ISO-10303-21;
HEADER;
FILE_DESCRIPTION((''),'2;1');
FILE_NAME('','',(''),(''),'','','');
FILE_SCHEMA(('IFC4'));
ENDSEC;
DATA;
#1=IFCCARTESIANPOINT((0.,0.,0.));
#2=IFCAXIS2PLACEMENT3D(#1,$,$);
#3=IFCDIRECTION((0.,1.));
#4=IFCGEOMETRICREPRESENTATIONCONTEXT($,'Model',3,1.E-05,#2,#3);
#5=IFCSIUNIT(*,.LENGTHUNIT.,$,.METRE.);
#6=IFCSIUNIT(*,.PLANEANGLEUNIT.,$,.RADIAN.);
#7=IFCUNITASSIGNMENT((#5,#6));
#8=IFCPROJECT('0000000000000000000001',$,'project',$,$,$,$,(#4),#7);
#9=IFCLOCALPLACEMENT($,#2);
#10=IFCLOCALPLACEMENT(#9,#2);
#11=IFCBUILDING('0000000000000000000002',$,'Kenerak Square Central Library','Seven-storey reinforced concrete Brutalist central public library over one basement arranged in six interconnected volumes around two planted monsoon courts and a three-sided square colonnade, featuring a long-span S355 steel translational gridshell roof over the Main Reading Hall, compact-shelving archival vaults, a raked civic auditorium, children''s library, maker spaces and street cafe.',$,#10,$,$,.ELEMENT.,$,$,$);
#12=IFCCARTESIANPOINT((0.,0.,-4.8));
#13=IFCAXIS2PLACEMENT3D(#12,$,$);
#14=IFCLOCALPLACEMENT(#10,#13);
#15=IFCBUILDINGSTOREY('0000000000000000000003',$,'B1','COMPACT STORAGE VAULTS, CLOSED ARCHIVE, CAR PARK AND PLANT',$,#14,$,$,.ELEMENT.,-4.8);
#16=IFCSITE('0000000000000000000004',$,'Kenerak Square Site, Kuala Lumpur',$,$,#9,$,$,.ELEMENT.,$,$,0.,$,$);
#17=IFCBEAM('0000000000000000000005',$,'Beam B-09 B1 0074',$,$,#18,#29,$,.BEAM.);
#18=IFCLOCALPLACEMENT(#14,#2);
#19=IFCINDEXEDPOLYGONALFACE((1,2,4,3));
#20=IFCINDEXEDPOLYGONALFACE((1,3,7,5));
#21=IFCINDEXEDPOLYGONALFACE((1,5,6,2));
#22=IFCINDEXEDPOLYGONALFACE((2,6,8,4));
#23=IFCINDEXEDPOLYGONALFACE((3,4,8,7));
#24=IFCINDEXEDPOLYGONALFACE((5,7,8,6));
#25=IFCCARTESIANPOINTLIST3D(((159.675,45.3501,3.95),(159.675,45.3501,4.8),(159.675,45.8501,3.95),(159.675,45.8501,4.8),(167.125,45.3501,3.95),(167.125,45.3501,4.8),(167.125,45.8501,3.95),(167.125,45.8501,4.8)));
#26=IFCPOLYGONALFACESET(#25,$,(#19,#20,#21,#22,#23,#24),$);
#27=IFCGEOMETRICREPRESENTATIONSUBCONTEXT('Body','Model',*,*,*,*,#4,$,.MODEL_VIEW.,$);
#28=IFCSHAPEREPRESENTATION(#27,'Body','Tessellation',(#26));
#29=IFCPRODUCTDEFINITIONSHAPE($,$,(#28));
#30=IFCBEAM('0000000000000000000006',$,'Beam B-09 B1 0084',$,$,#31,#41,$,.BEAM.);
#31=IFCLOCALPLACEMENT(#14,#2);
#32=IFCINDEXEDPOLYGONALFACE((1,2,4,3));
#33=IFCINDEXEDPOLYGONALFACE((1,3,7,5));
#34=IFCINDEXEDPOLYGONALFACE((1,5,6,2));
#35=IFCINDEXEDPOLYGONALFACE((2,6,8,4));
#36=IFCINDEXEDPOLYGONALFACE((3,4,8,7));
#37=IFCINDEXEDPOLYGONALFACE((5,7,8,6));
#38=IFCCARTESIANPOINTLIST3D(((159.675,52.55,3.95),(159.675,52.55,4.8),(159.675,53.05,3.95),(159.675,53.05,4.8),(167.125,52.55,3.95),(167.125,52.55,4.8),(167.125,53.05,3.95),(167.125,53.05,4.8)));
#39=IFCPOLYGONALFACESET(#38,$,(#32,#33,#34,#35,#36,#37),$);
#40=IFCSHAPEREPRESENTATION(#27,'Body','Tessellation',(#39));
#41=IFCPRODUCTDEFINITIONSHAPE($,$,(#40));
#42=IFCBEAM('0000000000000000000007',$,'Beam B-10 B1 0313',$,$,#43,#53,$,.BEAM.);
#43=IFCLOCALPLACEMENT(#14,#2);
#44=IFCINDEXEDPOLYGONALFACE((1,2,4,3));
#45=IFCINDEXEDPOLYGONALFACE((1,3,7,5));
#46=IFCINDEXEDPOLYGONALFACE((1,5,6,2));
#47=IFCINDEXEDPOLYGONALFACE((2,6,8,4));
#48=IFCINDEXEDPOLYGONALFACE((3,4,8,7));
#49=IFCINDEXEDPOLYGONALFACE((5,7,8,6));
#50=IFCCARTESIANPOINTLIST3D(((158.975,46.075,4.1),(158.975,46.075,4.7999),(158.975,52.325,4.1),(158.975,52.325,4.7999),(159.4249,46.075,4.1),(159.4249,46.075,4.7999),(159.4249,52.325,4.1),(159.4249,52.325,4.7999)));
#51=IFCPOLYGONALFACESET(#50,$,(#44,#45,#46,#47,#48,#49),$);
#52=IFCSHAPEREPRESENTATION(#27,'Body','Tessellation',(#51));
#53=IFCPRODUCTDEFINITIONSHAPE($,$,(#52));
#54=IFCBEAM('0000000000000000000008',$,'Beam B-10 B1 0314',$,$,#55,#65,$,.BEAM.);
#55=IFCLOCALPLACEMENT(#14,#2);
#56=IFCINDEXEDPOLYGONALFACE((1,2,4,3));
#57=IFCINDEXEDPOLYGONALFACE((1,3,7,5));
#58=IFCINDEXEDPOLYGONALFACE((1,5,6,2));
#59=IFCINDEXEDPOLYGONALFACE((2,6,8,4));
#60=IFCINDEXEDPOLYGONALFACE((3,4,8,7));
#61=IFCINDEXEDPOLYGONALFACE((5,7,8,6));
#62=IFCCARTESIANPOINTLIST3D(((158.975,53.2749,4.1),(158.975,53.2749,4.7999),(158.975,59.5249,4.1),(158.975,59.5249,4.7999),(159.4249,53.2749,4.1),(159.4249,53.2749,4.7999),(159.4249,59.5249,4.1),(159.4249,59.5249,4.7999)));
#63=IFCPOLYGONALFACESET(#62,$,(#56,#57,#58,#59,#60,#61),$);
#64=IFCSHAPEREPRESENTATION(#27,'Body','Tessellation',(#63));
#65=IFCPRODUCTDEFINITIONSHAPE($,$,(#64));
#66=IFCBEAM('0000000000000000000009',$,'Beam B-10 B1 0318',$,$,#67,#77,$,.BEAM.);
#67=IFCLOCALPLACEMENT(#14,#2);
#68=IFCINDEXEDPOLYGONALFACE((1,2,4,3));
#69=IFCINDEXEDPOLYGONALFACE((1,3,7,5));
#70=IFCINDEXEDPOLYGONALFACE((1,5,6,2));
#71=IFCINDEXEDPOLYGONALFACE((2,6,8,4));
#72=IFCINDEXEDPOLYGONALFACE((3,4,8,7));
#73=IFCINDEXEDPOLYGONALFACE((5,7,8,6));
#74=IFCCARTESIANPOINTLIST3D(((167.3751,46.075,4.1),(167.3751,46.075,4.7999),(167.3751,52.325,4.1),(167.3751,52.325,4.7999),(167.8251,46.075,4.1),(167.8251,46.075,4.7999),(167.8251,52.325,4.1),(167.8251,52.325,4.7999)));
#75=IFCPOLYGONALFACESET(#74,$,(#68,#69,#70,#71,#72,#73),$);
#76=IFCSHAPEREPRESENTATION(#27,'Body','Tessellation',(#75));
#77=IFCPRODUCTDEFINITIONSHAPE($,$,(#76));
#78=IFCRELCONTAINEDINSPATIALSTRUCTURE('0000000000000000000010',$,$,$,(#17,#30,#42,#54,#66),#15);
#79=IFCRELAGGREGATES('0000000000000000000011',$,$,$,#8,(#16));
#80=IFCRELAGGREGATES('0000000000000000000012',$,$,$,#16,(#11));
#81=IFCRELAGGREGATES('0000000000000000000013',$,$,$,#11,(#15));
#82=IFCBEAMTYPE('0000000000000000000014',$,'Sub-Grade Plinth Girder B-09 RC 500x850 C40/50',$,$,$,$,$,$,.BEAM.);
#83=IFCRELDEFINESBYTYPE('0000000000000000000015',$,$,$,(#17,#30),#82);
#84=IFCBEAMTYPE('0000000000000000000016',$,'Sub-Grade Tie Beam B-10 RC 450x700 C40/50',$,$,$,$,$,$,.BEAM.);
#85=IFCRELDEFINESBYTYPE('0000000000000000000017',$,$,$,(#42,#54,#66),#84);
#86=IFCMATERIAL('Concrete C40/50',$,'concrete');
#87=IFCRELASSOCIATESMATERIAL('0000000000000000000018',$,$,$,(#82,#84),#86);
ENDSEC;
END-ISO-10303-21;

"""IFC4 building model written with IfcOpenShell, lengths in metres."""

from ifc_helpers import new_model, si_unit, direction, frame, origin, origin_2d, place, context, subcontext, project, spatial, rectangle, extrude, material, material_profile, profile_set, type_object, element, save


model = new_model("IFC4")

# Units and contexts
model_context = context("Model", 3, precision=1e-05, world=origin(), true_north=direction((0.0, 1.0)))
body_context = subcontext(model_context, "Body", "Model", "MODEL_VIEW")
ifc_project = project(units=[si_unit("LENGTHUNIT", "METRE"), si_unit("PLANEANGLEUNIT", "RADIAN")], contexts=[model_context])

# Site, building, storey
site_placement = place(None, origin())
site = spatial("IfcSite", under=ifc_project, at=site_placement, Name="Kenerak Square Site, Kuala Lumpur", CompositionType="ELEMENT", RefElevation=0.0)
building_placement = place(site_placement, origin())
building = spatial("IfcBuilding", under=site, at=building_placement, Name="Kenerak Square Central Library", Description="Seven-storey reinforced concrete Brutalist central public library over one basement arranged in six interconnected volumes around two planted monsoon courts and a three-sided square colonnade, featuring a long-span S355 steel translational gridshell roof over the Main Reading Hall, compact-shelving archival vaults, a raked civic auditorium, children's library, maker spaces and street cafe.", CompositionType="ELEMENT")
storey_placement = place(building_placement, frame((0.0, 0.0, -4.8)))
storey = spatial("IfcBuildingStorey", under=building, at=storey_placement, Name="B1", Description="COMPACT STORAGE VAULTS, CLOSED ARCHIVE, CAR PARK AND PLANT", CompositionType="ELEMENT", Elevation=-4.8)

# Shared definitions
ifc_material_1 = material(Name="Concrete C40/50", Category="concrete")

# Beams
ifc_material_profile_1 = material_profile(ifc_material_1, rectangle(XDim=0.5, YDim=0.8501, at=origin_2d()), Name="RC 500x850")
ifc_profile_set_1 = profile_set([ifc_material_profile_1], Name="Concrete C40/50")
beam_type_1 = type_object("IfcBeamType", Name="Sub-Grade Plinth Girder B-09 RC 500x850 C40/50", PredefinedType="BEAM", material=ifc_profile_set_1)
for number, where, z_axis, x_axis, name in (
    (1, (159.675, 45.6001, 4.375), (1.0, 0.0, 0.0), (0.0, 1.0, 0.0), "Beam B-09 B1 0074"),
    (2, (159.675, 52.8, 4.375), (1.0, 0.0, 0.0), (0.0, 1.0, 0.0), "Beam B-09 B1 0084"),
):
    element("IfcBeam", number, at=place(storey_placement, frame(where, z_axis=z_axis, x_axis=x_axis)), inside=storey, type_object=beam_type_1, Name=name, PredefinedType="BEAM", context=body_context, shape_type="SweptSolid", body=[
        extrude(rectangle(XDim=0.5, YDim=0.8501, at=origin_2d()), origin(), (0.0, 0.0, 1.0), 7.45),
    ])
ifc_material_profile_2 = material_profile(ifc_material_1, rectangle(XDim=0.45, YDim=0.7, at=origin_2d()), Name="RC 450x700")
ifc_profile_set_2 = profile_set([ifc_material_profile_2], Name="Concrete C40/50")
beam_type_2 = type_object("IfcBeamType", Name="Sub-Grade Tie Beam B-10 RC 450x700 C40/50", PredefinedType="BEAM", material=ifc_profile_set_2)
for number, where, z_axis, x_axis, name in (
    (3, (159.2, 46.075, 4.45), (0.0, 1.0, 0.0), (-1.0, 0.0, 0.0), "Beam B-10 B1 0313"),
    (4, (159.2, 53.2749, 4.45), (0.0, 1.0, 0.0), (-1.0, 0.0, 0.0), "Beam B-10 B1 0314"),
    (5, (167.6001, 46.075, 4.45), (0.0, 1.0, 0.0), (-1.0, 0.0, 0.0), "Beam B-10 B1 0318"),
):
    element("IfcBeam", number, at=place(storey_placement, frame(where, z_axis=z_axis, x_axis=x_axis)), inside=storey, type_object=beam_type_2, Name=name, PredefinedType="BEAM", context=body_context, shape_type="SweptSolid", body=[
        extrude(rectangle(XDim=0.45, YDim=0.7, at=origin_2d()), origin(), (0.0, 0.0, 1.0), 6.25),
    ])

save(model, "model.ifc")
